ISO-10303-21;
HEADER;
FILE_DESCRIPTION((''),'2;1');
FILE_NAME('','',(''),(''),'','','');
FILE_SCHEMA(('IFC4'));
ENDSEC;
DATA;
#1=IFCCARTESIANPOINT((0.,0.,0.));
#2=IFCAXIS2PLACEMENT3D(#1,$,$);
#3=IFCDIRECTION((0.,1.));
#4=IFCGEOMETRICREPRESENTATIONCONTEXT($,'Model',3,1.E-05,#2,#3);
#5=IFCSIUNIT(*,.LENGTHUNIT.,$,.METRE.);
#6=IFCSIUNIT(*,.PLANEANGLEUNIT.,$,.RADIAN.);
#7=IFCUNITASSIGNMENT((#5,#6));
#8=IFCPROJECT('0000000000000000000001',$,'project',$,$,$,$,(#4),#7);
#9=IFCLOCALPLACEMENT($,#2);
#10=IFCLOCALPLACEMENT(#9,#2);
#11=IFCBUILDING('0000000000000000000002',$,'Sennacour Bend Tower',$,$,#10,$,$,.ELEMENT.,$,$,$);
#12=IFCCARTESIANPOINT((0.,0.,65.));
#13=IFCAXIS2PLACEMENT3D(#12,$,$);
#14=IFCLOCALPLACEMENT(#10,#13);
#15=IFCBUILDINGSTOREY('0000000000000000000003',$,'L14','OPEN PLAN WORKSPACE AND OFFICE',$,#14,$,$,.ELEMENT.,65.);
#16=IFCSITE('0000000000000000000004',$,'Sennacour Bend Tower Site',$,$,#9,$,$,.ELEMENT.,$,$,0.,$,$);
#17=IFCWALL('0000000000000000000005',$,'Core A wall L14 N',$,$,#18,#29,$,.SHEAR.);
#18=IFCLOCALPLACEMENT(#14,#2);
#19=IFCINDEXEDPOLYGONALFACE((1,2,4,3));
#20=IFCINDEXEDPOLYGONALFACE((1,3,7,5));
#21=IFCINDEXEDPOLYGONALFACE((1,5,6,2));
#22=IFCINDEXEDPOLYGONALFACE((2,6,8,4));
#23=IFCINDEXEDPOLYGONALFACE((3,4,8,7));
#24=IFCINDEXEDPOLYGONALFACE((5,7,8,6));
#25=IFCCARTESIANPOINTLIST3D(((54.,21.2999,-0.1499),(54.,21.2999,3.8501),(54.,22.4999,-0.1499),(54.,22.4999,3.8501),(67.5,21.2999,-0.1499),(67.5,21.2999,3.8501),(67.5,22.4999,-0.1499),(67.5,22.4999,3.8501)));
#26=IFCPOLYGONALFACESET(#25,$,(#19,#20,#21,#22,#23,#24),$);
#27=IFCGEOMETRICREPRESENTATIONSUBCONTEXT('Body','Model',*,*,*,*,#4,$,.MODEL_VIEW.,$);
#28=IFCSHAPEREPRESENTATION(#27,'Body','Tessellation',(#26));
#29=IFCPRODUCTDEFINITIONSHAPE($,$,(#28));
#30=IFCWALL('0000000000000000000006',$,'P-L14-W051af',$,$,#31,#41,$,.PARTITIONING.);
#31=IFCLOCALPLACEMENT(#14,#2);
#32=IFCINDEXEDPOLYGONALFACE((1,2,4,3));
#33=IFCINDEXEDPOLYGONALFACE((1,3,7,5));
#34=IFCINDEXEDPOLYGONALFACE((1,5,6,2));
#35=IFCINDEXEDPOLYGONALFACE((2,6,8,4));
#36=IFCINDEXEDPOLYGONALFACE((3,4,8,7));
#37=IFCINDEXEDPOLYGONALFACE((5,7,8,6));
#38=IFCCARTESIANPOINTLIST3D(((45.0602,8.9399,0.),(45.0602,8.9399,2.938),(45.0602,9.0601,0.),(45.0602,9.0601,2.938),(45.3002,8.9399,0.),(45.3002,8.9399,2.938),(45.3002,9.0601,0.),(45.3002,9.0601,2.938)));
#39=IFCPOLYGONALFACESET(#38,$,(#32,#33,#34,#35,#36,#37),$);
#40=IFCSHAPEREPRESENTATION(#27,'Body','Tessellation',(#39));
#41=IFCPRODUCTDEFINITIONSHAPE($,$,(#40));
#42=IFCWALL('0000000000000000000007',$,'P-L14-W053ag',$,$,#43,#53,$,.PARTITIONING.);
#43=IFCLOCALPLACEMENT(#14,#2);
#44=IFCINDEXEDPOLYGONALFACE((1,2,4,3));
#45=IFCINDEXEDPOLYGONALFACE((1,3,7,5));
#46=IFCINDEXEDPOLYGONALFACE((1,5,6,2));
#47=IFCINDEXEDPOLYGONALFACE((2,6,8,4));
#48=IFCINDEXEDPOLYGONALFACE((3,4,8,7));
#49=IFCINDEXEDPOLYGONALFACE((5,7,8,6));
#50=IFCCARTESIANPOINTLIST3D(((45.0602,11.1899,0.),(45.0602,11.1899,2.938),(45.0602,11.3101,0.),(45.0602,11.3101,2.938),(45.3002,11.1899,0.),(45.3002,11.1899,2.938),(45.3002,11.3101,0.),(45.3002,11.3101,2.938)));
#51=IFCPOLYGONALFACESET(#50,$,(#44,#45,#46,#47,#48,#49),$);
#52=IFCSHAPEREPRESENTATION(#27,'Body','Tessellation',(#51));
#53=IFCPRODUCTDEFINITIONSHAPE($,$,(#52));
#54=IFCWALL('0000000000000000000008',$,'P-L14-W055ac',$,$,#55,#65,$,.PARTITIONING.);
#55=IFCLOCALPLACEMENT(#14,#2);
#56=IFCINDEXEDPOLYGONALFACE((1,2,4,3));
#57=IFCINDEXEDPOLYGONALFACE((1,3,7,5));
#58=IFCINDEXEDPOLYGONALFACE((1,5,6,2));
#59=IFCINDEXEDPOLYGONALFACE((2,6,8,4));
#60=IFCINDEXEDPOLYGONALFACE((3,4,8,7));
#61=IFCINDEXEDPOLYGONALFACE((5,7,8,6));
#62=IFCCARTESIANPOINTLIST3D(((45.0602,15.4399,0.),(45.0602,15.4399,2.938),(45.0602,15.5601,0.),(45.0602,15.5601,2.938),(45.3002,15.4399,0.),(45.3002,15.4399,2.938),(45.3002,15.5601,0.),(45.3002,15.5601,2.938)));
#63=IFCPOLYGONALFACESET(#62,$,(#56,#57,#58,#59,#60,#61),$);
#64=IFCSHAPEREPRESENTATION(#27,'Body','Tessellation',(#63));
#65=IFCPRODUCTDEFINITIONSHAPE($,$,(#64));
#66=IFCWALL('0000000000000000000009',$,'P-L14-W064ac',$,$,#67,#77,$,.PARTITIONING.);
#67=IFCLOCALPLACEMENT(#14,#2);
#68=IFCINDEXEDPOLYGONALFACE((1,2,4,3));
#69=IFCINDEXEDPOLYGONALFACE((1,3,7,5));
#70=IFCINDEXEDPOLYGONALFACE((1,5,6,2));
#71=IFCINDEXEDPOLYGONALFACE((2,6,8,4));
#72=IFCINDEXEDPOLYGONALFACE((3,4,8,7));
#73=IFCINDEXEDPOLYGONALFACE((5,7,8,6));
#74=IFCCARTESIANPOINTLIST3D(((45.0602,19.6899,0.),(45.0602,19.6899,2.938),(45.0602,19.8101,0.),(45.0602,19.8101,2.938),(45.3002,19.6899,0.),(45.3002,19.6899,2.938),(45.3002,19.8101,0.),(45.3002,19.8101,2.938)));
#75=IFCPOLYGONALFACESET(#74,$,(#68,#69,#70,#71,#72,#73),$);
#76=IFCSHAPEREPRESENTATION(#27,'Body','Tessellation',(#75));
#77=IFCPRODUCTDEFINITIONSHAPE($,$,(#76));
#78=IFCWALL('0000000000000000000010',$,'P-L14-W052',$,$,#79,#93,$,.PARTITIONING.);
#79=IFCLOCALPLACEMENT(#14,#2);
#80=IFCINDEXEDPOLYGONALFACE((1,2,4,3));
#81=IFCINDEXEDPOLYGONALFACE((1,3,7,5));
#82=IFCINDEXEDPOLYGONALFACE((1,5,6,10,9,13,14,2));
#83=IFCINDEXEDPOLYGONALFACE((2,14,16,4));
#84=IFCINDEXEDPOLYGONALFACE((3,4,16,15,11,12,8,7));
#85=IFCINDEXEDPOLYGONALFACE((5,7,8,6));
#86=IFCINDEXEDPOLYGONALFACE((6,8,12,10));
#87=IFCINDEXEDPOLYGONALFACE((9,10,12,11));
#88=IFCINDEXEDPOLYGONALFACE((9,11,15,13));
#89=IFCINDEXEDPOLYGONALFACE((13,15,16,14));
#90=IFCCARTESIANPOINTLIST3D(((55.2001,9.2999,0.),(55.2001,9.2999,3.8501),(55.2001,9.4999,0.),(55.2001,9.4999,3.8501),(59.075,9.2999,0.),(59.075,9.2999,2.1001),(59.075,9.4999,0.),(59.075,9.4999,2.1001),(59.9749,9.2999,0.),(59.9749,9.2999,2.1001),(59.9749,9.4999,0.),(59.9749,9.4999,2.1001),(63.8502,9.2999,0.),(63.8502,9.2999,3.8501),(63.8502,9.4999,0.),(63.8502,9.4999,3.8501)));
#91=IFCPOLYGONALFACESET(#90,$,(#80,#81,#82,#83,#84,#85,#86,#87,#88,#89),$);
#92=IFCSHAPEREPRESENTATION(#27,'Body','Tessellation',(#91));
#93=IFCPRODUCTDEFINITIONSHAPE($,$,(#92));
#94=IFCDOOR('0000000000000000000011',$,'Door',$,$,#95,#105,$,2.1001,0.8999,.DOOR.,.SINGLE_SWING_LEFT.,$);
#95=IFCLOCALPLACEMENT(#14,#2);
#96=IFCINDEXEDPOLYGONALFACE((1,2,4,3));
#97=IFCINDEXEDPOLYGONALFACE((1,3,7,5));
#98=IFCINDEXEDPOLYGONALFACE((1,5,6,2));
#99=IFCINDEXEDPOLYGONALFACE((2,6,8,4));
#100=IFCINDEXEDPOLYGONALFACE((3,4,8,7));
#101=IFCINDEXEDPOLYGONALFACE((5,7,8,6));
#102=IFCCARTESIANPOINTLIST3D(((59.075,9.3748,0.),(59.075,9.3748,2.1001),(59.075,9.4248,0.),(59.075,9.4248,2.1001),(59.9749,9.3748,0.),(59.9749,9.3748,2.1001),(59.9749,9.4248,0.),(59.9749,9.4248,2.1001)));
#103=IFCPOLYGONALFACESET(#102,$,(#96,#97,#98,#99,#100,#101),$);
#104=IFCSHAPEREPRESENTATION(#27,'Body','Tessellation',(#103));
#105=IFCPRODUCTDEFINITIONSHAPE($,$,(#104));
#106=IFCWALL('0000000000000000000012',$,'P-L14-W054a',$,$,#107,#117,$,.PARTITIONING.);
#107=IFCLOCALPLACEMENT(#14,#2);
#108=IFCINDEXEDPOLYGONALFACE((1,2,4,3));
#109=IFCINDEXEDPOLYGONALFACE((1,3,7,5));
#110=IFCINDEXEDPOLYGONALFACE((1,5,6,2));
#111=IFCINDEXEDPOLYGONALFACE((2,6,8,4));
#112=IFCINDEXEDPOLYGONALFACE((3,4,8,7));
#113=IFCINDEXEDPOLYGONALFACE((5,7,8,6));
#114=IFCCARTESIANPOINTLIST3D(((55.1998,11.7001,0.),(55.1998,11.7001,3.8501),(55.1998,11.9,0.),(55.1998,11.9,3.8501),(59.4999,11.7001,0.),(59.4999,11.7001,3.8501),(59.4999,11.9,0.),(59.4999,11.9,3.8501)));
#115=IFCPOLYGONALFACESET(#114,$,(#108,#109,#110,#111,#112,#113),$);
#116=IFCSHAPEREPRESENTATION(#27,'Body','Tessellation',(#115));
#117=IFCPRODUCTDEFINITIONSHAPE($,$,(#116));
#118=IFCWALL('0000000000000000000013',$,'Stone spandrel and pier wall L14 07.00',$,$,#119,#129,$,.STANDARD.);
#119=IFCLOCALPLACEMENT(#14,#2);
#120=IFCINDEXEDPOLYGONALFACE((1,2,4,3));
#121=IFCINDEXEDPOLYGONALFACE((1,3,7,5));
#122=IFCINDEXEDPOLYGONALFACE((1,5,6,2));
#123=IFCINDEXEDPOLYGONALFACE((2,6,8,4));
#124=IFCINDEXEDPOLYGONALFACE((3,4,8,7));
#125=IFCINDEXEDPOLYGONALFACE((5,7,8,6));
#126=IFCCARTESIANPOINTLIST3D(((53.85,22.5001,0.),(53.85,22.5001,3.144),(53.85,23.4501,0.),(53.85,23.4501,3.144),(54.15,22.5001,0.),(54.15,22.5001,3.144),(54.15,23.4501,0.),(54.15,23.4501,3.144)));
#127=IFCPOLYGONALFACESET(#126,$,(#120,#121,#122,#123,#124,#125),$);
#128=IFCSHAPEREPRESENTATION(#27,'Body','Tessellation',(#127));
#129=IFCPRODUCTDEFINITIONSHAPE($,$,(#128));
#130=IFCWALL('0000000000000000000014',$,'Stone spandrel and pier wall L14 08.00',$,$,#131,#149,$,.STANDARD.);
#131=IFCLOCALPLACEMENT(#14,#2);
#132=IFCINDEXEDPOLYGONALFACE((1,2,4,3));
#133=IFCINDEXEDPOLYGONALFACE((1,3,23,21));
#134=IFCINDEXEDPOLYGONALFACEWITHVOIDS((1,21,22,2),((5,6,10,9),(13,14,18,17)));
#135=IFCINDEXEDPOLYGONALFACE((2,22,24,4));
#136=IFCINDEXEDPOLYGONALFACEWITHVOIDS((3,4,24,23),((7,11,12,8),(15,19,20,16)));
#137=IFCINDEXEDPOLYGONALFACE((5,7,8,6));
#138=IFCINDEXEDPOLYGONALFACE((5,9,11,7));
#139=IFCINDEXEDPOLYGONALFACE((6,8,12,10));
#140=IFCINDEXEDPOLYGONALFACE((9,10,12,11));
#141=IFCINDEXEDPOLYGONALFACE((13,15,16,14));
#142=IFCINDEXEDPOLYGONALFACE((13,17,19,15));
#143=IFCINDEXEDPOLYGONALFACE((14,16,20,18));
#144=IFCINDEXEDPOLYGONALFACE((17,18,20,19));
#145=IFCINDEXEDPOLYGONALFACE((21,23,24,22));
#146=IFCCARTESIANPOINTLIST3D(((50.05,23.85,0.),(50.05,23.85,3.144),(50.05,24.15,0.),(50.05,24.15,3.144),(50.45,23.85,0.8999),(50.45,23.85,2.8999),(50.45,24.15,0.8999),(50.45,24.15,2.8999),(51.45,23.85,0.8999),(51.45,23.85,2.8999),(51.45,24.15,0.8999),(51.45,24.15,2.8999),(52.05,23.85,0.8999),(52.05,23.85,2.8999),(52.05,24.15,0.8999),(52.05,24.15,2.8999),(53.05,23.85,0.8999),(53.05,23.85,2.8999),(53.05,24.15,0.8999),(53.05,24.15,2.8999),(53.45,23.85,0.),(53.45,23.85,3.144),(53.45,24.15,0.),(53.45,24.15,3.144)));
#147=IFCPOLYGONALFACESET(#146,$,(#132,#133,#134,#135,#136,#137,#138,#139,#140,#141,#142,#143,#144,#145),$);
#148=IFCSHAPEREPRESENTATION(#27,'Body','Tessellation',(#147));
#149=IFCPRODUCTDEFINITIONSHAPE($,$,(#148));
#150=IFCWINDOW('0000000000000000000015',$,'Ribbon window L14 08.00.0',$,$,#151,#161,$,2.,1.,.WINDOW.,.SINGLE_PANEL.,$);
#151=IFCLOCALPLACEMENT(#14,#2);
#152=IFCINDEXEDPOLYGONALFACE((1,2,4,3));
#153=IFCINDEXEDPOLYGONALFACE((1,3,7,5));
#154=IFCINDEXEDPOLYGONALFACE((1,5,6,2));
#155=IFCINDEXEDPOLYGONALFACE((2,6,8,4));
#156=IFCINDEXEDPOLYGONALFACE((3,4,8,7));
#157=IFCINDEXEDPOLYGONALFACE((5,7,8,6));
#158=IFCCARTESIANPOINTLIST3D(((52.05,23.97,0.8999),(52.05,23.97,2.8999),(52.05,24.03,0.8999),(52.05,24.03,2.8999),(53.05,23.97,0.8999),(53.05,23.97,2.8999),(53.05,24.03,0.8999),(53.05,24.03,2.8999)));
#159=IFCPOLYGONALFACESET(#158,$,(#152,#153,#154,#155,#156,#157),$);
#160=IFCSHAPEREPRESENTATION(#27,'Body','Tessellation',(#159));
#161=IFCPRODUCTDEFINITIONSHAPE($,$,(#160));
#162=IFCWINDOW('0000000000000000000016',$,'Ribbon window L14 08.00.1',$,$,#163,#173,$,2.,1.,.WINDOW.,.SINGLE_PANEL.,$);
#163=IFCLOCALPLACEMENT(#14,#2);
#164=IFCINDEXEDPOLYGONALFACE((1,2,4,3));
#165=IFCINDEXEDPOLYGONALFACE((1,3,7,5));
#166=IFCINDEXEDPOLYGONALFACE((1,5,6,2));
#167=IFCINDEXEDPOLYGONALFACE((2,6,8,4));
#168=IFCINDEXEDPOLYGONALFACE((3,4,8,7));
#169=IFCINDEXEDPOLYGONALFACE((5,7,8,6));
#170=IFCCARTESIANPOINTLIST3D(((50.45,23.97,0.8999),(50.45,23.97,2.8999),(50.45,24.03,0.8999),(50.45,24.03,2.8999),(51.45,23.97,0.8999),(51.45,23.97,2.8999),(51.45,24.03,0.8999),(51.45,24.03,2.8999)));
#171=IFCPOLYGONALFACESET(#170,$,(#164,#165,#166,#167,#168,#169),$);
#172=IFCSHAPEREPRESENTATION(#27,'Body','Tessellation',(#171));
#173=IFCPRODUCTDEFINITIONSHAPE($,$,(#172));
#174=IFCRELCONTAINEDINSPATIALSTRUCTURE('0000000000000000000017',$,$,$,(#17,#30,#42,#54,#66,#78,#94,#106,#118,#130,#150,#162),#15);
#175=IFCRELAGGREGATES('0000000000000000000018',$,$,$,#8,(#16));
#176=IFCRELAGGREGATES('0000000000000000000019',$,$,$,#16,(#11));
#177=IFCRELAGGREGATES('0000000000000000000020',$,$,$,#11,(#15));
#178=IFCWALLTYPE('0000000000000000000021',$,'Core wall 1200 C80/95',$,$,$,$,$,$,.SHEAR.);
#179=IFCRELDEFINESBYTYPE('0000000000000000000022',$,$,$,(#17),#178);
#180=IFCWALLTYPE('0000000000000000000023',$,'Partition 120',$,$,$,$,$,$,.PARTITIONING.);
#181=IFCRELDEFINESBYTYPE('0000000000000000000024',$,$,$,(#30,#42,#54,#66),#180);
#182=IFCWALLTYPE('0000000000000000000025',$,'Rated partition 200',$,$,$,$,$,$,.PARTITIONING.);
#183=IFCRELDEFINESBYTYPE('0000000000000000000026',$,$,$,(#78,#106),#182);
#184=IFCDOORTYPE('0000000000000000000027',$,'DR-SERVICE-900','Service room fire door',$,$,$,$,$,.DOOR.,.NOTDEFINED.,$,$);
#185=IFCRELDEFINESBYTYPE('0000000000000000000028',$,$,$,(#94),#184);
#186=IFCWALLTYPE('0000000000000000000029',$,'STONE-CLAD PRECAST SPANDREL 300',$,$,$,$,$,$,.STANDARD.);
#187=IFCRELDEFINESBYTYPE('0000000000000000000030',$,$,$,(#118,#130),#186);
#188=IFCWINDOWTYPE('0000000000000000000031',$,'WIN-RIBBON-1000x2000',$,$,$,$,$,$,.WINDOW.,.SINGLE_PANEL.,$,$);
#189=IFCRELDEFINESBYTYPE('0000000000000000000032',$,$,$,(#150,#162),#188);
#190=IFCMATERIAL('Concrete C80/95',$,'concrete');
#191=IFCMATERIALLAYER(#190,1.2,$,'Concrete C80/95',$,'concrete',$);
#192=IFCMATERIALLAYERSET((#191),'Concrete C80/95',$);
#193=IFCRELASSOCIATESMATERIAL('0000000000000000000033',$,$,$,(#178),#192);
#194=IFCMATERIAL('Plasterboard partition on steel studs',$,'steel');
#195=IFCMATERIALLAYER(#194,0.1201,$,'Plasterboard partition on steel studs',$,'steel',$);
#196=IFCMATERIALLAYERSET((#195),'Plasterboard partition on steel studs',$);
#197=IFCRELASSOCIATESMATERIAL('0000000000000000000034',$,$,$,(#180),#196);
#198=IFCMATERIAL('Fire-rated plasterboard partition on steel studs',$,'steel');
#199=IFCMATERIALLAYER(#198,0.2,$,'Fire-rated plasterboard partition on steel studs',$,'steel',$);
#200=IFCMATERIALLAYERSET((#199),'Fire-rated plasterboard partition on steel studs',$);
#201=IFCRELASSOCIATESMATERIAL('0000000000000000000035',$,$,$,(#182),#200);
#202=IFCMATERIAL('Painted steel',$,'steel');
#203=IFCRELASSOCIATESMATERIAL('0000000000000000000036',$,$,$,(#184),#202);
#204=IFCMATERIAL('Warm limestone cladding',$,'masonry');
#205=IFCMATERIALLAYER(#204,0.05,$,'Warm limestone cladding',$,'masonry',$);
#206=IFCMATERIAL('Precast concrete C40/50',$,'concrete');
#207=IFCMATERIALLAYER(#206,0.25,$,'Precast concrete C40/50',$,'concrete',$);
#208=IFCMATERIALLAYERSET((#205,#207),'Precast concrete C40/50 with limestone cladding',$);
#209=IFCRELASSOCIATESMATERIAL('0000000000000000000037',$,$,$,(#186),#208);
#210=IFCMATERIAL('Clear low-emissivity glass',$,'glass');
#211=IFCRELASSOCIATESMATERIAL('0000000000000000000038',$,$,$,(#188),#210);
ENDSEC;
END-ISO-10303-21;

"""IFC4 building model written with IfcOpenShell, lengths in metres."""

from ifc_helpers import new_model, si_unit, direction, frame, frame_2d, origin, place, context, subcontext, project, spatial, rectangle, extrude, material, layer, layer_set, type_object, element, fill, save


model = new_model("IFC4")

# Units and contexts
model_context = context("Model", 3, precision=1e-05, world=origin(), true_north=direction((0.0, 1.0)))
body_context = subcontext(model_context, "Body", "Model", "MODEL_VIEW")
ifc_project = project(units=[si_unit("LENGTHUNIT", "METRE"), si_unit("PLANEANGLEUNIT", "RADIAN")], contexts=[model_context])

# Site, building, storey
site_placement = place(None, origin())
site = spatial("IfcSite", under=ifc_project, at=site_placement, Name="Sennacour Bend Tower Site", CompositionType="ELEMENT", RefElevation=0.0)
building_placement = place(site_placement, origin())
building = spatial("IfcBuilding", under=site, at=building_placement, Name="Sennacour Bend Tower", CompositionType="ELEMENT")
storey_placement = place(building_placement, frame((0.0, 0.0, 65.0)))
storey = spatial("IfcBuildingStorey", under=building, at=storey_placement, Name="L14", Description="OPEN PLAN WORKSPACE AND OFFICE", CompositionType="ELEMENT", Elevation=65.0)

# Walls
ifc_material_1 = material(Name="Concrete C80/95", Category="concrete")
ifc_layer_1 = layer(ifc_material_1, 1.2, Name="Concrete C80/95", Category="concrete")
ifc_layer_set_1 = layer_set([ifc_layer_1], Name="Concrete C80/95")
wall_type_1 = type_object("IfcWallType", Name="Core wall 1200 C80/95", PredefinedType="SHEAR", material=ifc_layer_set_1)
wall_1_placement = place(storey_placement, frame((54.0, 21.8999, -0.1499), z_axis=(0.0, 0.0, 1.0), x_axis=(1.0, 0.0, 0.0)))
element("IfcWall", 1, at=wall_1_placement, inside=storey, type_object=wall_type_1, Name="Core A wall L14 N", PredefinedType="SHEAR", context=body_context, shape_type="SweptSolid", body=[
    extrude(rectangle(XDim=13.5, YDim=1.2, at=frame_2d((6.75, 0.0))), origin(), (0.0, 0.0, 1.0), 4.0),
])
ifc_material_2 = material(Name="Plasterboard partition on steel studs", Category="steel")
ifc_layer_2 = layer(ifc_material_2, 0.1201, Name="Plasterboard partition on steel studs", Category="steel")
ifc_layer_set_2 = layer_set([ifc_layer_2], Name="Plasterboard partition on steel studs")
wall_type_2 = type_object("IfcWallType", Name="Partition 120", PredefinedType="PARTITIONING", material=ifc_layer_set_2)
for number, where, z_axis, x_axis, name in (
    (2, (45.0601, 9.0, 0.0), (0.0, 0.0, 1.0), (1.0, 0.0, 0.0), "P-L14-W051af"),
    (3, (45.0601, 11.25, 0.0), (0.0, 0.0, 1.0), (1.0, 0.0, 0.0), "P-L14-W053ag"),
    (4, (45.0601, 15.5, 0.0), (0.0, 0.0, 1.0), (1.0, 0.0, 0.0), "P-L14-W055ac"),
    (5, (45.0601, 19.75, 0.0), (0.0, 0.0, 1.0), (1.0, 0.0, 0.0), "P-L14-W064ac"),
):
    element("IfcWall", number, at=place(storey_placement, frame(where, z_axis=z_axis, x_axis=x_axis)), inside=storey, type_object=wall_type_2, Name=name, PredefinedType="PARTITIONING", context=body_context, shape_type="SweptSolid", body=[
        extrude(rectangle(XDim=0.24, YDim=0.1201, at=frame_2d((0.1201, 0.0))), origin(), (0.0, 0.0, 1.0), 2.938),
    ])

# Wall, opening, door
ifc_material_3 = material(Name="Fire-rated plasterboard partition on steel studs", Category="steel")
ifc_layer_3 = layer(ifc_material_3, 0.2, Name="Fire-rated plasterboard partition on steel studs", Category="steel")
ifc_layer_set_3 = layer_set([ifc_layer_3], Name="Fire-rated plasterboard partition on steel studs")
wall_type_3 = type_object("IfcWallType", Name="Rated partition 200", PredefinedType="PARTITIONING", material=ifc_layer_set_3)
wall_2_placement = place(storey_placement, frame((55.2, 9.3999, 0.0), z_axis=(0.0, 0.0, 1.0), x_axis=(1.0, 0.0, 0.0)))
wall_2 = element("IfcWall", 6, at=wall_2_placement, inside=storey, type_object=wall_type_3, Name="P-L14-W052", PredefinedType="PARTITIONING", context=body_context, shape_type="SweptSolid", body=[
    extrude(rectangle(XDim=8.6501, YDim=0.2, at=frame_2d((4.3252, 0.0))), origin(), (0.0, 0.0, 1.0), 3.8501),
])
opening_1_placement = place(wall_2_placement, frame((3.875, 0.0, 0.0)))
opening_1 = element("IfcOpeningElement", 7, at=opening_1_placement, cuts=wall_2, PredefinedType="OPENING", context=body_context, shape_type="SweptSolid", body=[
    extrude(rectangle(XDim=0.8999, YDim=2.1001, at=frame_2d((0.45, 1.05))), frame((0.0, 0.1099, 0.0), z_axis=(0.0, -1.0, 0.0), x_axis=(1.0, 0.0, 0.0)), (0.0, 0.0, 1.0), 0.22),
])
ifc_material_4 = material(Name="Painted steel", Category="steel")
door_type_1 = type_object("IfcDoorType", Name="DR-SERVICE-900", Description="Service room fire door", OperationType="NOTDEFINED", PredefinedType="DOOR", material=ifc_material_4)
door_1_placement = place(opening_1_placement, origin())
door_1 = element("IfcDoor", 8, at=door_1_placement, inside=storey, type_object=door_type_1, Name="Door", OperationType="SINGLE_SWING_LEFT", OverallHeight=2.1001, OverallWidth=0.8999, PredefinedType="DOOR", context=body_context, shape_type="SweptSolid", body=[
    extrude(rectangle(XDim=0.8999, YDim=2.1001, at=frame_2d((0.45, 1.05))), frame((0.0, 0.0249, 0.0), z_axis=(0.0, -1.0, 0.0), x_axis=(1.0, 0.0, 0.0)), (0.0, 0.0, 1.0), 0.05),
])
fill(opening_1, door_1)

# Walls
wall_3_placement = place(storey_placement, frame((55.2, 11.8, 0.0), z_axis=(0.0, 0.0, 1.0), x_axis=(1.0, 0.0, 0.0)))
element("IfcWall", 9, at=wall_3_placement, inside=storey, type_object=wall_type_3, Name="P-L14-W054a", PredefinedType="PARTITIONING", context=body_context, shape_type="SweptSolid", body=[
    extrude(rectangle(XDim=4.3, YDim=0.2, at=frame_2d((2.1499, 0.0))), origin(), (0.0, 0.0, 1.0), 3.8501),
])
ifc_material_5 = material(Name="Warm limestone cladding", Category="masonry")
ifc_layer_4 = layer(ifc_material_5, 0.05, Name="Warm limestone cladding", Category="masonry")
ifc_material_6 = material(Name="Precast concrete C40/50", Category="concrete")
ifc_layer_5 = layer(ifc_material_6, 0.25, Name="Precast concrete C40/50", Category="concrete")
ifc_layer_set_4 = layer_set([ifc_layer_4, ifc_layer_5], Name="Precast concrete C40/50 with limestone cladding")
wall_type_4 = type_object("IfcWallType", Name="STONE-CLAD PRECAST SPANDREL 300", PredefinedType="STANDARD", material=ifc_layer_set_4)
wall_4_placement = place(storey_placement, frame((54.0, 22.5, 0.0), z_axis=(0.0, 0.0, 1.0), x_axis=(0.0, 1.0, 0.0)))
element("IfcWall", 10, at=wall_4_placement, inside=storey, type_object=wall_type_4, Name="Stone spandrel and pier wall L14 07.00", PredefinedType="STANDARD", context=body_context, shape_type="SweptSolid", body=[
    extrude(rectangle(XDim=0.95, YDim=0.3, at=frame_2d((0.4751, 0.0))), origin(), (0.0, 0.0, 1.0), 3.144),
])

# Wall, openings, windows
wall_5_placement = place(storey_placement, frame((53.45, 24.0, 0.0), z_axis=(0.0, 0.0, 1.0), x_axis=(-1.0, 0.0, 0.0)))
wall_5 = element("IfcWall", 11, at=wall_5_placement, inside=storey, type_object=wall_type_4, Name="Stone spandrel and pier wall L14 08.00", PredefinedType="STANDARD", context=body_context, shape_type="SweptSolid", body=[
    extrude(rectangle(XDim=3.3999, YDim=0.3, at=frame_2d((1.7, 0.0))), origin(), (0.0, 0.0, 1.0), 3.144),
])
opening_2_placement = place(wall_5_placement, frame((0.3999, 0.0, 0.8999)))
opening_2 = element("IfcOpeningElement", 12, at=opening_2_placement, cuts=wall_5, PredefinedType="OPENING", context=body_context, shape_type="SweptSolid", body=[
    extrude(rectangle(XDim=1.0, YDim=2.0, at=frame_2d((0.5, 1.0))), frame((0.0, 0.1602, 0.0), z_axis=(0.0, -1.0, 0.0), x_axis=(1.0, 0.0, 0.0)), (0.0, 0.0, 1.0), 0.3201),
])
opening_3_placement = place(wall_5_placement, frame((2.0, 0.0, 0.8999)))
opening_3 = element("IfcOpeningElement", 13, at=opening_3_placement, cuts=wall_5, PredefinedType="OPENING", context=body_context, shape_type="SweptSolid", body=[
    extrude(rectangle(XDim=1.0, YDim=2.0, at=frame_2d((0.5, 1.0))), frame((0.0, 0.1602, 0.0), z_axis=(0.0, -1.0, 0.0), x_axis=(1.0, 0.0, 0.0)), (0.0, 0.0, 1.0), 0.3201),
])
ifc_material_7 = material(Name="Clear low-emissivity glass", Category="glass")
window_type = type_object("IfcWindowType", Name="WIN-RIBBON-1000x2000", PartitioningType="SINGLE_PANEL", PredefinedType="WINDOW", material=ifc_material_7)
window_1_placement = place(opening_2_placement, origin())
window_1 = element("IfcWindow", 14, at=window_1_placement, inside=storey, type_object=window_type, Name="Ribbon window L14 08.00.0", OverallHeight=2.0, OverallWidth=1.0, PartitioningType="SINGLE_PANEL", PredefinedType="WINDOW", context=body_context, shape_type="SweptSolid", body=[
    extrude(rectangle(XDim=1.0, YDim=2.0, at=frame_2d((0.5, 1.0))), frame((0.0, 0.03, 0.0), z_axis=(0.0, -1.0, 0.0), x_axis=(1.0, 0.0, 0.0)), (0.0, 0.0, 1.0), 0.0601),
])
fill(opening_2, window_1)
window_2_placement = place(opening_3_placement, origin())
window_2 = element("IfcWindow", 15, at=window_2_placement, inside=storey, type_object=window_type, Name="Ribbon window L14 08.00.1", OverallHeight=2.0, OverallWidth=1.0, PartitioningType="SINGLE_PANEL", PredefinedType="WINDOW", context=body_context, shape_type="SweptSolid", body=[
    extrude(rectangle(XDim=1.0, YDim=2.0, at=frame_2d((0.5, 1.0))), frame((0.0, 0.03, 0.0), z_axis=(0.0, -1.0, 0.0), x_axis=(1.0, 0.0, 0.0)), (0.0, 0.0, 1.0), 0.0601),
])
fill(opening_3, window_2)

save(model, "model.ifc")
